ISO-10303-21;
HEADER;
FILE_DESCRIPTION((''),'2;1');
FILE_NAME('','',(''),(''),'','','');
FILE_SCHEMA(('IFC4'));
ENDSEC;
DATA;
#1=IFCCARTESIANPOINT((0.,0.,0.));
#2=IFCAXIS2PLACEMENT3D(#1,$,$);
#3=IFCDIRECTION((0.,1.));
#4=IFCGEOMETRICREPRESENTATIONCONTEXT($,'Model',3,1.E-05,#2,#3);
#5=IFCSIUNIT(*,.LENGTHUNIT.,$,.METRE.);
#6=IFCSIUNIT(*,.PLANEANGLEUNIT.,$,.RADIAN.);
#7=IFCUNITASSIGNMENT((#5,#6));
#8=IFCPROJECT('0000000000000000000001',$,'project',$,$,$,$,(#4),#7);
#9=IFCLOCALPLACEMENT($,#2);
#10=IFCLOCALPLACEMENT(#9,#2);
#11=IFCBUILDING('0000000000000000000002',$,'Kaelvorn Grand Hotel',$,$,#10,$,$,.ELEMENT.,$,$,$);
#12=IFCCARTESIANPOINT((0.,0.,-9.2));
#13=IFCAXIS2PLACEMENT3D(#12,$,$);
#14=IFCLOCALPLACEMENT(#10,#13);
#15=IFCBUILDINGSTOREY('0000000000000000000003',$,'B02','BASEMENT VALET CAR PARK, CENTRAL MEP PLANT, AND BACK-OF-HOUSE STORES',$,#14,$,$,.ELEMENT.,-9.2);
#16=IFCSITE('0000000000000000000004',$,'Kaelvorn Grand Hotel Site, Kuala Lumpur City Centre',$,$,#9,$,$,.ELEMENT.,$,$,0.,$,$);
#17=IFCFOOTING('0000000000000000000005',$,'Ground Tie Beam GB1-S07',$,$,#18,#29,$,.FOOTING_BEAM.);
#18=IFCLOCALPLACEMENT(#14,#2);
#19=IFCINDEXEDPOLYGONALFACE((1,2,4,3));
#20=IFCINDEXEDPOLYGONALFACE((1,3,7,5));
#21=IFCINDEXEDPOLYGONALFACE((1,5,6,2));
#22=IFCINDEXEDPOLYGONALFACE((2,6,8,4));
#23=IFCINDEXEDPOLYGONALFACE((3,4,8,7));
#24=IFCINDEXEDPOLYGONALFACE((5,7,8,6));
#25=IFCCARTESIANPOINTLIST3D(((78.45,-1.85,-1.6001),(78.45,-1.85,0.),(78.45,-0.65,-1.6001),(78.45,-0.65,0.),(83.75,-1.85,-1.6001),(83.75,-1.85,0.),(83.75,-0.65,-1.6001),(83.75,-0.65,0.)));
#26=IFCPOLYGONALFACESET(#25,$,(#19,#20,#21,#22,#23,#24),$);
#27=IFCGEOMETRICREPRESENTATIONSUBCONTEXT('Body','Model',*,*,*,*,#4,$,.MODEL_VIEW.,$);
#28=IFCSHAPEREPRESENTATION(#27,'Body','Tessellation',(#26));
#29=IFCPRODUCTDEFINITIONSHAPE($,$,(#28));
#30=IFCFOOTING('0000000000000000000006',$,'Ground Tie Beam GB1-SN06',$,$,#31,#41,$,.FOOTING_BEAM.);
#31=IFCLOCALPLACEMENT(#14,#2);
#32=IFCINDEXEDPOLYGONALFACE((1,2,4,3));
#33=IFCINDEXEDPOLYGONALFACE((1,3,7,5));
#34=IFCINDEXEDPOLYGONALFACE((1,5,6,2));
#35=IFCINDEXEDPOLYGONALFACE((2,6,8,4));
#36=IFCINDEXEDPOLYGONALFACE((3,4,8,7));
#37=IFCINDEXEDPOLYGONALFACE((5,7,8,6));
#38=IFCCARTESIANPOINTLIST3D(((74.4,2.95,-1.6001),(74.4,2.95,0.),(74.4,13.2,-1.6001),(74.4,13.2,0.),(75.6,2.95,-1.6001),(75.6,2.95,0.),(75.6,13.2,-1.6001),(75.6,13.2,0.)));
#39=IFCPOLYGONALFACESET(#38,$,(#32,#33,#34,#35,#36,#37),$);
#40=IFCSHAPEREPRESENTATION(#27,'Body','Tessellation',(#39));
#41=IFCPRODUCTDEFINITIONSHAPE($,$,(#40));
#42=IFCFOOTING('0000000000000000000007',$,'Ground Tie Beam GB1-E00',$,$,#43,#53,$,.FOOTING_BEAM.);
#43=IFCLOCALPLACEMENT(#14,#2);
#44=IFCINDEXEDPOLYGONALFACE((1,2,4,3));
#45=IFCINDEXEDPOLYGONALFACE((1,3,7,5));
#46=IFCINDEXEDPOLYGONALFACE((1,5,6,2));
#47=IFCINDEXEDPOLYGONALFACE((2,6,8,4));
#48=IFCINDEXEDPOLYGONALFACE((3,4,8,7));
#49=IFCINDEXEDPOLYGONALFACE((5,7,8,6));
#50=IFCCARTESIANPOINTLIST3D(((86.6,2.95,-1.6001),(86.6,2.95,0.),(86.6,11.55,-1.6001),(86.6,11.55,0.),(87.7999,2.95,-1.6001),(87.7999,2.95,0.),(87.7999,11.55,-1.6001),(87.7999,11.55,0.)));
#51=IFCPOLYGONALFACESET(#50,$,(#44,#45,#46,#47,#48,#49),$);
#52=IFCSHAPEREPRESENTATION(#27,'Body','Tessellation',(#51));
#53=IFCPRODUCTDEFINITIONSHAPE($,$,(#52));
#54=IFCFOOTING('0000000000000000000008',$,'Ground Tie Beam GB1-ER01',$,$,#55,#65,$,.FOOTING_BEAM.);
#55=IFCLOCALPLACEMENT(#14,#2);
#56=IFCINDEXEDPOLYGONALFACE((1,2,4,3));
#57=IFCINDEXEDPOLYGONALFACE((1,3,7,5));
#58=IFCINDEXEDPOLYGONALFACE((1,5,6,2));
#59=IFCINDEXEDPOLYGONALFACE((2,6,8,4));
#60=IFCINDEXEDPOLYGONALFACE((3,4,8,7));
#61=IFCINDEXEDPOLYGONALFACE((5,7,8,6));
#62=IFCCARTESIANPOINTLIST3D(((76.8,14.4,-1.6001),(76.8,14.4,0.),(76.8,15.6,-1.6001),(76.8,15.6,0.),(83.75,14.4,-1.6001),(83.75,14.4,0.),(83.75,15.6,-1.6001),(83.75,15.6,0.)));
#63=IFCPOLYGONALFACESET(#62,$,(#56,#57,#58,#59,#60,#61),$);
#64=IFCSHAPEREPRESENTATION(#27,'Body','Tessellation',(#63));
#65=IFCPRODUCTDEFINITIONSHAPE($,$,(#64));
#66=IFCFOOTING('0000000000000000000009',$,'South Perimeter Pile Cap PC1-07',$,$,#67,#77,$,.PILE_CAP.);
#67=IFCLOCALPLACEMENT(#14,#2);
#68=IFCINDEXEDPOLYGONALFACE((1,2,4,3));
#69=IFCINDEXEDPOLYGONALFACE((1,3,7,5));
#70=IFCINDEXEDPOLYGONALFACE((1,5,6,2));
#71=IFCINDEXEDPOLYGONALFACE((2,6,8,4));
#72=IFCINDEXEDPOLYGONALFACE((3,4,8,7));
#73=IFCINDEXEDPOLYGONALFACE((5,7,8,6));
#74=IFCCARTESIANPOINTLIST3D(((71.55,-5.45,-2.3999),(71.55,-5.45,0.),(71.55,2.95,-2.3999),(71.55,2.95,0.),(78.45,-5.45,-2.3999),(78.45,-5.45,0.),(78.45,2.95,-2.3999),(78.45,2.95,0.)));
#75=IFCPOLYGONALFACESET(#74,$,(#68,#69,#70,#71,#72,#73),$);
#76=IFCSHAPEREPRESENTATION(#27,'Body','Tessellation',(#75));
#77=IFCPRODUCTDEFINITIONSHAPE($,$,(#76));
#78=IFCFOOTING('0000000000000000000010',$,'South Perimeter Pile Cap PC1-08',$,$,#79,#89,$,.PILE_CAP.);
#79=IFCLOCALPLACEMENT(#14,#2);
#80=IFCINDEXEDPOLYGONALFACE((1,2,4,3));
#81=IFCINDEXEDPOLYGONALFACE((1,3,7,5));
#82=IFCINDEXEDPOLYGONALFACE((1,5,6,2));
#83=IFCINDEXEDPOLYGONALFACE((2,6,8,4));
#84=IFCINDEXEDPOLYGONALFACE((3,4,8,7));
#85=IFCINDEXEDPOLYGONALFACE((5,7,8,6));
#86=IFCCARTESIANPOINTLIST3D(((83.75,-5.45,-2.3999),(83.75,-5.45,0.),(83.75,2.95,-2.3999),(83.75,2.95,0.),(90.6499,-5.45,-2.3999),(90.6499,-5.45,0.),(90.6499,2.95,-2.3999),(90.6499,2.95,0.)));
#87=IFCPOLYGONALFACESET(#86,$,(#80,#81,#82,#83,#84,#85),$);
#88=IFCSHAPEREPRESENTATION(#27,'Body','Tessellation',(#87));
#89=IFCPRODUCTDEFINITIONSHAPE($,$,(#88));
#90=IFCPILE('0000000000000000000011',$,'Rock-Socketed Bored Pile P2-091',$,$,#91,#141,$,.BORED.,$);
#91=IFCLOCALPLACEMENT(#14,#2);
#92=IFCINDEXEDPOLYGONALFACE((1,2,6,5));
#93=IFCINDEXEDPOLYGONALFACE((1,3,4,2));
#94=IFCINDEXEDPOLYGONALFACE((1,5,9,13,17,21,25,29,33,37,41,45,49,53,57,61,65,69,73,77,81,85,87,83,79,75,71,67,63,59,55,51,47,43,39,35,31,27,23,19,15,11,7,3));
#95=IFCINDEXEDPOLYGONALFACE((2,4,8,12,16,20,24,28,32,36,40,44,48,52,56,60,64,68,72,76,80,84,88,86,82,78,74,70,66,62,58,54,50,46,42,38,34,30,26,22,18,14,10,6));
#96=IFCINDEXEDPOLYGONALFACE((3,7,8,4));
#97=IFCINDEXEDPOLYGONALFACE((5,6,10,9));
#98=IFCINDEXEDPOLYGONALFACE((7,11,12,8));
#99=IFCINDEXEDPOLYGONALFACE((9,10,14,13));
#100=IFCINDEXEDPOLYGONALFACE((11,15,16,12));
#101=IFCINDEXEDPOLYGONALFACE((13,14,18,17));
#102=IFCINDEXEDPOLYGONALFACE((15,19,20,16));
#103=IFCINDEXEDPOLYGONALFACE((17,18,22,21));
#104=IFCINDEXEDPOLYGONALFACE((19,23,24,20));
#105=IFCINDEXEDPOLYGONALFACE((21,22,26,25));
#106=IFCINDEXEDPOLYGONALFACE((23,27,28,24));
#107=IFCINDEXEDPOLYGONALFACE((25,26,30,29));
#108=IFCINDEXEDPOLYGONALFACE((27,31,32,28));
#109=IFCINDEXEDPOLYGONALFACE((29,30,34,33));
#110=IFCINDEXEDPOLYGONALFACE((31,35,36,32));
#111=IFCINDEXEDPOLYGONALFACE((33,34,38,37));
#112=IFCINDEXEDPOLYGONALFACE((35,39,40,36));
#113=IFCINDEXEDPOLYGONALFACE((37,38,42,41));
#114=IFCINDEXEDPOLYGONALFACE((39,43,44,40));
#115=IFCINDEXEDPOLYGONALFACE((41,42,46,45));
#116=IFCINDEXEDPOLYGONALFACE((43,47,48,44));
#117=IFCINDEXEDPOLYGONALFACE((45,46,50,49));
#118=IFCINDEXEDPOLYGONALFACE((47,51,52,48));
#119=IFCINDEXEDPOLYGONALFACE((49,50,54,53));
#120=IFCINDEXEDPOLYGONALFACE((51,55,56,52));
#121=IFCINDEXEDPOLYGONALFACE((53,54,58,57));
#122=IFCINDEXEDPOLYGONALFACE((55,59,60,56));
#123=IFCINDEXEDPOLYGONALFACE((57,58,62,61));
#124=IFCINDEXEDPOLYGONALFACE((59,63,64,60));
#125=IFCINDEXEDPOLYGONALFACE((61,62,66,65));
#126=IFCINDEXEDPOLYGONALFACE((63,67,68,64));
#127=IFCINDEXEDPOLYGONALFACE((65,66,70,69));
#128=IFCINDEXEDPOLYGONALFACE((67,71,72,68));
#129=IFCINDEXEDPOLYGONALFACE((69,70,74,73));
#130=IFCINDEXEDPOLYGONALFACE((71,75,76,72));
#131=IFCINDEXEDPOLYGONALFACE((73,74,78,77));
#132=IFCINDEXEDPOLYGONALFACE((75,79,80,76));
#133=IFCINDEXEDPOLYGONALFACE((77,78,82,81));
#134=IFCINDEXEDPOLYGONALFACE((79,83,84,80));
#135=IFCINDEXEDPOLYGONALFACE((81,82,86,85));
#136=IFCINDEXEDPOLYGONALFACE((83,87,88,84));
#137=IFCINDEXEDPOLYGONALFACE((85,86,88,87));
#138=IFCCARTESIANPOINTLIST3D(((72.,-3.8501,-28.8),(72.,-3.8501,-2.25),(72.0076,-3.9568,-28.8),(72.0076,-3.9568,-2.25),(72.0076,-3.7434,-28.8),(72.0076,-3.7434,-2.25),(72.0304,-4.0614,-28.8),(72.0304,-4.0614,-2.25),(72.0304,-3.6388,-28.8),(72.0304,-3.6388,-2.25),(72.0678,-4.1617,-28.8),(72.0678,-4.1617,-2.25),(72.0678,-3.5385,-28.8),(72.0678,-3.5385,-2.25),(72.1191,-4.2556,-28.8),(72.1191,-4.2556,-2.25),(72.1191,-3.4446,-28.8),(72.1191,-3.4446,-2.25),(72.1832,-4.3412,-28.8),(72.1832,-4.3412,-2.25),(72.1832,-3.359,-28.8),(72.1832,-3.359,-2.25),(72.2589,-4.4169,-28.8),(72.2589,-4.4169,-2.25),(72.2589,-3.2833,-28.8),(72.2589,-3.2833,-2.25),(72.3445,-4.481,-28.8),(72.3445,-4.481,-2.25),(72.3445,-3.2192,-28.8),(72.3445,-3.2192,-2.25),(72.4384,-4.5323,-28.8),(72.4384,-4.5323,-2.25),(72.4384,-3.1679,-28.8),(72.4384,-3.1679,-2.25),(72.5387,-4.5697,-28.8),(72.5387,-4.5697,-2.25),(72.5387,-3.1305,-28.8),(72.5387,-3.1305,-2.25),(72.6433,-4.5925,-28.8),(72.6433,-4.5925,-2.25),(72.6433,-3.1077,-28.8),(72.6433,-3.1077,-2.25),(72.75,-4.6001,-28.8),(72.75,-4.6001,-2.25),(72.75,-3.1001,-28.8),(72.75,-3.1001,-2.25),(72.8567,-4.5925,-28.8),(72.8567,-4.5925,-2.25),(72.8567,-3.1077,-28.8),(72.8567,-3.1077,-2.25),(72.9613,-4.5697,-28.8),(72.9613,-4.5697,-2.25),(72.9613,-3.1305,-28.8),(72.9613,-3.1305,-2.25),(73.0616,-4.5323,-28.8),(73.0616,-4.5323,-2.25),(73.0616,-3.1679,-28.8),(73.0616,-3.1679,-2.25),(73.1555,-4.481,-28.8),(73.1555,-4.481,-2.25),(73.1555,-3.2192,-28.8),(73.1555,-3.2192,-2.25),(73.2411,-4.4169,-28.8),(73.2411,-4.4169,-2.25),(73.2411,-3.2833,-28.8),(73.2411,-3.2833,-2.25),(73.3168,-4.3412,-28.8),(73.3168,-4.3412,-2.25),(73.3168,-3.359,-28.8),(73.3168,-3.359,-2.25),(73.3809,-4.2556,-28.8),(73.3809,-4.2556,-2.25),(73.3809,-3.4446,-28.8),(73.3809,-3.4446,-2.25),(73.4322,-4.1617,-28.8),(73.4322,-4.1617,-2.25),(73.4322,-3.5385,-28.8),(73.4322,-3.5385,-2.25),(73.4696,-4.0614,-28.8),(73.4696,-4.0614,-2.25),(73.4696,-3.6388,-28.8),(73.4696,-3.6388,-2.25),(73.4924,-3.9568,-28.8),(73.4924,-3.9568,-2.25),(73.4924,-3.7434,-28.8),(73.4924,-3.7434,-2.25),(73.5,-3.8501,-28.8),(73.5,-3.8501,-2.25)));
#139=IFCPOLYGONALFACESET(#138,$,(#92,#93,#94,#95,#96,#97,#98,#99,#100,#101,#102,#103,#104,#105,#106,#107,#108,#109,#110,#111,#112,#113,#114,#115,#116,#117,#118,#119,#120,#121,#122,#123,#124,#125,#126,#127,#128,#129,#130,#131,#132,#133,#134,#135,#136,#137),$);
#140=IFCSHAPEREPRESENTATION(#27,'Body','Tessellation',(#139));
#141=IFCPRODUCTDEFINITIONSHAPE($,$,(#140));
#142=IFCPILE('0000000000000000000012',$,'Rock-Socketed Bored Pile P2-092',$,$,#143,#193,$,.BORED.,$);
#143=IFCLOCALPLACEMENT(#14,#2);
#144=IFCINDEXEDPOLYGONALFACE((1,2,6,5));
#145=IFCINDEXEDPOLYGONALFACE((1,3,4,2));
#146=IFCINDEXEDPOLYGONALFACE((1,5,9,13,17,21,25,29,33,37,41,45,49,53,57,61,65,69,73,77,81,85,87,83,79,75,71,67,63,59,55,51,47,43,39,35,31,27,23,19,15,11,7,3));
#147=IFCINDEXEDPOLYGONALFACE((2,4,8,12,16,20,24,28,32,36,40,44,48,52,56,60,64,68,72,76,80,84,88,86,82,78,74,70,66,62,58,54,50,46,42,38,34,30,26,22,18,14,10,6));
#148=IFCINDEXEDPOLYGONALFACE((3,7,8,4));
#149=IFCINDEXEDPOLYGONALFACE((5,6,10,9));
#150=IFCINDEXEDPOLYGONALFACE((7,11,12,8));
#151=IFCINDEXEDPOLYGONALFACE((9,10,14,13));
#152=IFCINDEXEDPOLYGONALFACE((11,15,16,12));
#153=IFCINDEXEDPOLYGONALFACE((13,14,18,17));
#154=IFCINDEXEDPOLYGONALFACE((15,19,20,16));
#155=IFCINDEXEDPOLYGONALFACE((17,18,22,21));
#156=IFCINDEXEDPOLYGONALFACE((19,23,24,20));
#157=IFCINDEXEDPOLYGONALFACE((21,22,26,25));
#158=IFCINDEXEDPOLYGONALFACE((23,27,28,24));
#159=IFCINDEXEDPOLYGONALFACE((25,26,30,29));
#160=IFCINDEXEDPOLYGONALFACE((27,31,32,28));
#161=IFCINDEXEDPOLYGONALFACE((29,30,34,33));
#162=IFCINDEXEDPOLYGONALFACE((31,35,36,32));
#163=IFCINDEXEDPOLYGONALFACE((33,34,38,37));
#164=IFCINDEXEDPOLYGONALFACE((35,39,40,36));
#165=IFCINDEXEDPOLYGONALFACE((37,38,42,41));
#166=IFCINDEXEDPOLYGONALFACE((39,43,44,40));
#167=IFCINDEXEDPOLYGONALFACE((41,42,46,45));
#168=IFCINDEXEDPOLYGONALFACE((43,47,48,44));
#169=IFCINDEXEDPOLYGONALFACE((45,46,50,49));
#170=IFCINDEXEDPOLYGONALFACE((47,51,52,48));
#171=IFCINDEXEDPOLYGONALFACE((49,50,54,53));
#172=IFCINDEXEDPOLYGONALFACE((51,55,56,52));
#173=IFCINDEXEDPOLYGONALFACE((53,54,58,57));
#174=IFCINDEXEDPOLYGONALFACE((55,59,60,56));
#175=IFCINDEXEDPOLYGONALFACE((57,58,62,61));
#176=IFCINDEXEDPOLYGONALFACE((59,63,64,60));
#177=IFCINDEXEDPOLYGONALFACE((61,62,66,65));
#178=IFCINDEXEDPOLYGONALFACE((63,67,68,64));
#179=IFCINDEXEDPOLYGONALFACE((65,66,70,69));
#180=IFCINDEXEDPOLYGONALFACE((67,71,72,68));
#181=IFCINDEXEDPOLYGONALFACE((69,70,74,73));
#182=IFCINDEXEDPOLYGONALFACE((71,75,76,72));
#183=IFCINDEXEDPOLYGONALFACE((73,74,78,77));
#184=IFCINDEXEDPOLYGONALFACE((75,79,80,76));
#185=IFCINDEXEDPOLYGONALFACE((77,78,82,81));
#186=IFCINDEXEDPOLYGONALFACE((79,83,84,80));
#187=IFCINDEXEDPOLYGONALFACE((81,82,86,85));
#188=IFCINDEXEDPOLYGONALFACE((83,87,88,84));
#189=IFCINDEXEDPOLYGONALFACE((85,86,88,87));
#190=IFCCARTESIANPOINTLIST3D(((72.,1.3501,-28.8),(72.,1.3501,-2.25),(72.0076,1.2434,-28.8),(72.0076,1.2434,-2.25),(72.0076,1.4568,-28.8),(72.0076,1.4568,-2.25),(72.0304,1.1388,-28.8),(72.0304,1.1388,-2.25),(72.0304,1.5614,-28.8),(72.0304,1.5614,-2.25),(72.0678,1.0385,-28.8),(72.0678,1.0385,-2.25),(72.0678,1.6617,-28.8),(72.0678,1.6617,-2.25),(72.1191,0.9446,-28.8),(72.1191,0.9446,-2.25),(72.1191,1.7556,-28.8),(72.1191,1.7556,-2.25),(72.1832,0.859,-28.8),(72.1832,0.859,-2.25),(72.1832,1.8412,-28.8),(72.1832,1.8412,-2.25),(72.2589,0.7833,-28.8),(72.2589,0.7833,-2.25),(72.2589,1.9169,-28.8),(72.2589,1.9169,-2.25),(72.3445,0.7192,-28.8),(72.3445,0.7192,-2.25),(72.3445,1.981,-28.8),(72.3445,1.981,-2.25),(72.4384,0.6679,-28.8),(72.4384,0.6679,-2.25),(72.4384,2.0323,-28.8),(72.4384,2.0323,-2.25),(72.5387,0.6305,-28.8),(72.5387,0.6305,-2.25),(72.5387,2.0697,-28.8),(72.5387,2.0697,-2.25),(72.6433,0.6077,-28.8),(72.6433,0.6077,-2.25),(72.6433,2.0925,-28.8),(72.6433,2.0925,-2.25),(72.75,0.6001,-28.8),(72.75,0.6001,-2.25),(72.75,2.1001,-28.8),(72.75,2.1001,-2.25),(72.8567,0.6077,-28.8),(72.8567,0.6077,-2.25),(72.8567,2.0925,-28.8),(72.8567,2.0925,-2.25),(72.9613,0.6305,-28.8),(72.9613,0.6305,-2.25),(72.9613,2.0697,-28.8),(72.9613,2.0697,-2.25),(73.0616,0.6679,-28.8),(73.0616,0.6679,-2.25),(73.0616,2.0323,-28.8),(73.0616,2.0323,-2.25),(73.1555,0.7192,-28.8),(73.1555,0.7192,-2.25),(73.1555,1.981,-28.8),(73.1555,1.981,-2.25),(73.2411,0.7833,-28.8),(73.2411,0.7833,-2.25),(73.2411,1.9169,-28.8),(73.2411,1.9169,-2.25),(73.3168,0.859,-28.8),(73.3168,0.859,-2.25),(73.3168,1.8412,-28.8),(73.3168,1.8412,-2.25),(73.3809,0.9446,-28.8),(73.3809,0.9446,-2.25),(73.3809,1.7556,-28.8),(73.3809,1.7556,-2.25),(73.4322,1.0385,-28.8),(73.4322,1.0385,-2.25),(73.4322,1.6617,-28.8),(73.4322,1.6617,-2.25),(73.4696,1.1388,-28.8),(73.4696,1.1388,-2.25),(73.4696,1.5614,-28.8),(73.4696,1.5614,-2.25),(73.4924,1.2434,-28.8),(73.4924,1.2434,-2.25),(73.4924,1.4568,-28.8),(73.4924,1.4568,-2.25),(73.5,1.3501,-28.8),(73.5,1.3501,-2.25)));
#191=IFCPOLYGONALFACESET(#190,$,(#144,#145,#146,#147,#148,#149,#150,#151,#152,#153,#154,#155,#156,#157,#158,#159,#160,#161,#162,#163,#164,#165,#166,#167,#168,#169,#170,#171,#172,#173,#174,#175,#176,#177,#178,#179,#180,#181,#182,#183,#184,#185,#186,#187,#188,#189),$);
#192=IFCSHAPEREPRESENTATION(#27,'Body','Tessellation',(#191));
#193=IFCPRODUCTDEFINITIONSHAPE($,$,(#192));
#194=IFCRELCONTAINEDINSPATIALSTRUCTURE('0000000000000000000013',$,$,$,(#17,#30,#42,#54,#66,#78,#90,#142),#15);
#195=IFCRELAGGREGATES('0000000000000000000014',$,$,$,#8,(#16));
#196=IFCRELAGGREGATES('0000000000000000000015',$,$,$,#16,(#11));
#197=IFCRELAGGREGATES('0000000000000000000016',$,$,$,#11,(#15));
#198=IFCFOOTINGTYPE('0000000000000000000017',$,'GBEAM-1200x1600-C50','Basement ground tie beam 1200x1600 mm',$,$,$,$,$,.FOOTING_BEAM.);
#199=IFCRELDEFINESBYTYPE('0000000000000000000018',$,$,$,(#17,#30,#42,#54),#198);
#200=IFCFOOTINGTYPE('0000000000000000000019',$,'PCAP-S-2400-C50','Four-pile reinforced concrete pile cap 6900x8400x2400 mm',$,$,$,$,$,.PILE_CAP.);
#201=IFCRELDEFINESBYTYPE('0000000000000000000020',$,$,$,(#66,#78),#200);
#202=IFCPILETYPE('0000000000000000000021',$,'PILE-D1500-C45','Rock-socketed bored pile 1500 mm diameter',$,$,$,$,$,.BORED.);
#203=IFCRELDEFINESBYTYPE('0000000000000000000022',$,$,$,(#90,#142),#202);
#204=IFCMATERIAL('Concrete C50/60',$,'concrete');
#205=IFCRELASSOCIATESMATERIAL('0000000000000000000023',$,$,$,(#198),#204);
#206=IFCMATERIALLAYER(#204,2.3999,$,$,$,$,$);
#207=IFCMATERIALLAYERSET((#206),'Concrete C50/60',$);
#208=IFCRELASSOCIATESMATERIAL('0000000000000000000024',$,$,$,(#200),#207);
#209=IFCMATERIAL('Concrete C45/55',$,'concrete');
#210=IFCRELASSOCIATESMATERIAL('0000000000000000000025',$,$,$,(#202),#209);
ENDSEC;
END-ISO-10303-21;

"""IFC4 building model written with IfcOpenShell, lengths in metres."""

from ifc_helpers import new_model, si_unit, direction, frame, origin, origin_2d, place, context, subcontext, project, spatial, rectangle, circle, extrude, material, layer, layer_set, material_profile, profile_set, type_object, element, save


model = new_model("IFC4")

# Units and contexts
model_context = context("Model", 3, precision=1e-05, world=origin(), true_north=direction((0.0, 1.0)))
body_context = subcontext(model_context, "Body", "Model", "MODEL_VIEW")
ifc_project = project(units=[si_unit("LENGTHUNIT", "METRE"), si_unit("PLANEANGLEUNIT", "RADIAN")], contexts=[model_context])

# Site, building, storey
site_placement = place(None, origin())
site = spatial("IfcSite", under=ifc_project, at=site_placement, Name="Kaelvorn Grand Hotel Site, Kuala Lumpur City Centre", CompositionType="ELEMENT", RefElevation=0.0)
building_placement = place(site_placement, origin())
building = spatial("IfcBuilding", under=site, at=building_placement, Name="Kaelvorn Grand Hotel", CompositionType="ELEMENT")
storey_placement = place(building_placement, frame((0.0, 0.0, -9.2)))
storey = spatial("IfcBuildingStorey", under=building, at=storey_placement, Name="B02", Description="BASEMENT VALET CAR PARK, CENTRAL MEP PLANT, AND BACK-OF-HOUSE STORES", CompositionType="ELEMENT", Elevation=-9.2)

# Footings
ifc_material_1 = material(Name="Concrete C50/60", Category="concrete")
ifc_material_profile_1 = material_profile(ifc_material_1, rectangle(XDim=1.2, YDim=1.6001, at=origin_2d()), Name="GB 1200x1600")
ifc_profile_set_1 = profile_set([ifc_material_profile_1], Name="Concrete C50/60")
footing_type_1 = type_object("IfcFootingType", Name="GBEAM-1200x1600-C50", Description="Basement ground tie beam 1200x1600 mm", PredefinedType="FOOTING_BEAM", material=ifc_profile_set_1)
footing_1_placement = place(storey_placement, frame((78.45, -1.25, -0.8), z_axis=(1.0, 0.0, 0.0), x_axis=(0.0, 1.0, 0.0)))
element("IfcFooting", 1, at=footing_1_placement, inside=storey, type_object=footing_type_1, Name="Ground Tie Beam GB1-S07", PredefinedType="FOOTING_BEAM", context=body_context, shape_type="SweptSolid", body=[
    extrude(rectangle(XDim=1.2, YDim=1.6001, at=origin_2d()), origin(), (0.0, 0.0, 1.0), 5.3),
])
footing_2_placement = place(storey_placement, frame((75.0, 2.95, -0.8), z_axis=(0.0, 1.0, 0.0), x_axis=(-1.0, 0.0, 0.0)))
element("IfcFooting", 2, at=footing_2_placement, inside=storey, type_object=footing_type_1, Name="Ground Tie Beam GB1-SN06", PredefinedType="FOOTING_BEAM", context=body_context, shape_type="SweptSolid", body=[
    extrude(rectangle(XDim=1.2, YDim=1.6001, at=origin_2d()), origin(), (0.0, 0.0, 1.0), 10.25),
])
footing_3_placement = place(storey_placement, frame((87.2, 2.95, -0.8), z_axis=(0.0, 1.0, 0.0), x_axis=(-1.0, 0.0, 0.0)))
element("IfcFooting", 3, at=footing_3_placement, inside=storey, type_object=footing_type_1, Name="Ground Tie Beam GB1-E00", PredefinedType="FOOTING_BEAM", context=body_context, shape_type="SweptSolid", body=[
    extrude(rectangle(XDim=1.2, YDim=1.6001, at=origin_2d()), origin(), (0.0, 0.0, 1.0), 8.6001),
])
footing_4_placement = place(storey_placement, frame((76.8, 15.0, -0.8), z_axis=(1.0, 0.0, 0.0), x_axis=(0.0, 1.0, 0.0)))
element("IfcFooting", 4, at=footing_4_placement, inside=storey, type_object=footing_type_1, Name="Ground Tie Beam GB1-ER01", PredefinedType="FOOTING_BEAM", context=body_context, shape_type="SweptSolid", body=[
    extrude(rectangle(XDim=1.2, YDim=1.6001, at=origin_2d()), origin(), (0.0, 0.0, 1.0), 6.95),
])
ifc_layer_1 = layer(ifc_material_1, 2.3999)
ifc_layer_set_1 = layer_set([ifc_layer_1], Name="Concrete C50/60")
footing_type_2 = type_object("IfcFootingType", Name="PCAP-S-2400-C50", Description="Four-pile reinforced concrete pile cap 6900x8400x2400 mm", PredefinedType="PILE_CAP", material=ifc_layer_set_1)
for number, where, z_axis, x_axis, name in (
    (5, (75.0, -1.25, -2.3999), (0.0, 0.0, 1.0), (1.0, 0.0, 0.0), "South Perimeter Pile Cap PC1-07"),
    (6, (87.2, -1.25, -2.3999), (0.0, 0.0, 1.0), (1.0, 0.0, 0.0), "South Perimeter Pile Cap PC1-08"),
):
    element("IfcFooting", number, at=place(storey_placement, frame(where, z_axis=z_axis, x_axis=x_axis)), inside=storey, type_object=footing_type_2, Name=name, PredefinedType="PILE_CAP", context=body_context, shape_type="SweptSolid", body=[
        extrude(rectangle(XDim=6.8999, YDim=8.3999, at=origin_2d()), origin(), (0.0, 0.0, 1.0), 2.3999),
    ])

# Piles
ifc_material_2 = material(Name="Concrete C45/55", Category="concrete")
ifc_material_profile_2 = material_profile(ifc_material_2, circle(Radius=0.75, at=origin_2d()), Name="BORED PILE D1500")
ifc_profile_set_2 = profile_set([ifc_material_profile_2], Name="Concrete C45/55")
pile_type = type_object("IfcPileType", Name="PILE-D1500-C45", Description="Rock-socketed bored pile 1500 mm diameter", PredefinedType="BORED", material=ifc_profile_set_2)
for number, where, z_axis, x_axis, name in (
    (7, (72.75, -3.8501, -2.25), (0.0, 0.0, -1.0), (1.0, 0.0, 0.0), "Rock-Socketed Bored Pile P2-091"),
    (8, (72.75, 1.3501, -2.25), (0.0, 0.0, -1.0), (1.0, 0.0, 0.0), "Rock-Socketed Bored Pile P2-092"),
):
    element("IfcPile", number, at=place(storey_placement, frame(where, z_axis=z_axis, x_axis=x_axis)), inside=storey, type_object=pile_type, Name=name, PredefinedType="BORED", context=body_context, shape_type="SweptSolid", body=[
        extrude(circle(Radius=0.75, at=origin_2d()), origin(), (0.0, 0.0, 1.0), 26.55),
    ])

save(model, "model.ifc")
